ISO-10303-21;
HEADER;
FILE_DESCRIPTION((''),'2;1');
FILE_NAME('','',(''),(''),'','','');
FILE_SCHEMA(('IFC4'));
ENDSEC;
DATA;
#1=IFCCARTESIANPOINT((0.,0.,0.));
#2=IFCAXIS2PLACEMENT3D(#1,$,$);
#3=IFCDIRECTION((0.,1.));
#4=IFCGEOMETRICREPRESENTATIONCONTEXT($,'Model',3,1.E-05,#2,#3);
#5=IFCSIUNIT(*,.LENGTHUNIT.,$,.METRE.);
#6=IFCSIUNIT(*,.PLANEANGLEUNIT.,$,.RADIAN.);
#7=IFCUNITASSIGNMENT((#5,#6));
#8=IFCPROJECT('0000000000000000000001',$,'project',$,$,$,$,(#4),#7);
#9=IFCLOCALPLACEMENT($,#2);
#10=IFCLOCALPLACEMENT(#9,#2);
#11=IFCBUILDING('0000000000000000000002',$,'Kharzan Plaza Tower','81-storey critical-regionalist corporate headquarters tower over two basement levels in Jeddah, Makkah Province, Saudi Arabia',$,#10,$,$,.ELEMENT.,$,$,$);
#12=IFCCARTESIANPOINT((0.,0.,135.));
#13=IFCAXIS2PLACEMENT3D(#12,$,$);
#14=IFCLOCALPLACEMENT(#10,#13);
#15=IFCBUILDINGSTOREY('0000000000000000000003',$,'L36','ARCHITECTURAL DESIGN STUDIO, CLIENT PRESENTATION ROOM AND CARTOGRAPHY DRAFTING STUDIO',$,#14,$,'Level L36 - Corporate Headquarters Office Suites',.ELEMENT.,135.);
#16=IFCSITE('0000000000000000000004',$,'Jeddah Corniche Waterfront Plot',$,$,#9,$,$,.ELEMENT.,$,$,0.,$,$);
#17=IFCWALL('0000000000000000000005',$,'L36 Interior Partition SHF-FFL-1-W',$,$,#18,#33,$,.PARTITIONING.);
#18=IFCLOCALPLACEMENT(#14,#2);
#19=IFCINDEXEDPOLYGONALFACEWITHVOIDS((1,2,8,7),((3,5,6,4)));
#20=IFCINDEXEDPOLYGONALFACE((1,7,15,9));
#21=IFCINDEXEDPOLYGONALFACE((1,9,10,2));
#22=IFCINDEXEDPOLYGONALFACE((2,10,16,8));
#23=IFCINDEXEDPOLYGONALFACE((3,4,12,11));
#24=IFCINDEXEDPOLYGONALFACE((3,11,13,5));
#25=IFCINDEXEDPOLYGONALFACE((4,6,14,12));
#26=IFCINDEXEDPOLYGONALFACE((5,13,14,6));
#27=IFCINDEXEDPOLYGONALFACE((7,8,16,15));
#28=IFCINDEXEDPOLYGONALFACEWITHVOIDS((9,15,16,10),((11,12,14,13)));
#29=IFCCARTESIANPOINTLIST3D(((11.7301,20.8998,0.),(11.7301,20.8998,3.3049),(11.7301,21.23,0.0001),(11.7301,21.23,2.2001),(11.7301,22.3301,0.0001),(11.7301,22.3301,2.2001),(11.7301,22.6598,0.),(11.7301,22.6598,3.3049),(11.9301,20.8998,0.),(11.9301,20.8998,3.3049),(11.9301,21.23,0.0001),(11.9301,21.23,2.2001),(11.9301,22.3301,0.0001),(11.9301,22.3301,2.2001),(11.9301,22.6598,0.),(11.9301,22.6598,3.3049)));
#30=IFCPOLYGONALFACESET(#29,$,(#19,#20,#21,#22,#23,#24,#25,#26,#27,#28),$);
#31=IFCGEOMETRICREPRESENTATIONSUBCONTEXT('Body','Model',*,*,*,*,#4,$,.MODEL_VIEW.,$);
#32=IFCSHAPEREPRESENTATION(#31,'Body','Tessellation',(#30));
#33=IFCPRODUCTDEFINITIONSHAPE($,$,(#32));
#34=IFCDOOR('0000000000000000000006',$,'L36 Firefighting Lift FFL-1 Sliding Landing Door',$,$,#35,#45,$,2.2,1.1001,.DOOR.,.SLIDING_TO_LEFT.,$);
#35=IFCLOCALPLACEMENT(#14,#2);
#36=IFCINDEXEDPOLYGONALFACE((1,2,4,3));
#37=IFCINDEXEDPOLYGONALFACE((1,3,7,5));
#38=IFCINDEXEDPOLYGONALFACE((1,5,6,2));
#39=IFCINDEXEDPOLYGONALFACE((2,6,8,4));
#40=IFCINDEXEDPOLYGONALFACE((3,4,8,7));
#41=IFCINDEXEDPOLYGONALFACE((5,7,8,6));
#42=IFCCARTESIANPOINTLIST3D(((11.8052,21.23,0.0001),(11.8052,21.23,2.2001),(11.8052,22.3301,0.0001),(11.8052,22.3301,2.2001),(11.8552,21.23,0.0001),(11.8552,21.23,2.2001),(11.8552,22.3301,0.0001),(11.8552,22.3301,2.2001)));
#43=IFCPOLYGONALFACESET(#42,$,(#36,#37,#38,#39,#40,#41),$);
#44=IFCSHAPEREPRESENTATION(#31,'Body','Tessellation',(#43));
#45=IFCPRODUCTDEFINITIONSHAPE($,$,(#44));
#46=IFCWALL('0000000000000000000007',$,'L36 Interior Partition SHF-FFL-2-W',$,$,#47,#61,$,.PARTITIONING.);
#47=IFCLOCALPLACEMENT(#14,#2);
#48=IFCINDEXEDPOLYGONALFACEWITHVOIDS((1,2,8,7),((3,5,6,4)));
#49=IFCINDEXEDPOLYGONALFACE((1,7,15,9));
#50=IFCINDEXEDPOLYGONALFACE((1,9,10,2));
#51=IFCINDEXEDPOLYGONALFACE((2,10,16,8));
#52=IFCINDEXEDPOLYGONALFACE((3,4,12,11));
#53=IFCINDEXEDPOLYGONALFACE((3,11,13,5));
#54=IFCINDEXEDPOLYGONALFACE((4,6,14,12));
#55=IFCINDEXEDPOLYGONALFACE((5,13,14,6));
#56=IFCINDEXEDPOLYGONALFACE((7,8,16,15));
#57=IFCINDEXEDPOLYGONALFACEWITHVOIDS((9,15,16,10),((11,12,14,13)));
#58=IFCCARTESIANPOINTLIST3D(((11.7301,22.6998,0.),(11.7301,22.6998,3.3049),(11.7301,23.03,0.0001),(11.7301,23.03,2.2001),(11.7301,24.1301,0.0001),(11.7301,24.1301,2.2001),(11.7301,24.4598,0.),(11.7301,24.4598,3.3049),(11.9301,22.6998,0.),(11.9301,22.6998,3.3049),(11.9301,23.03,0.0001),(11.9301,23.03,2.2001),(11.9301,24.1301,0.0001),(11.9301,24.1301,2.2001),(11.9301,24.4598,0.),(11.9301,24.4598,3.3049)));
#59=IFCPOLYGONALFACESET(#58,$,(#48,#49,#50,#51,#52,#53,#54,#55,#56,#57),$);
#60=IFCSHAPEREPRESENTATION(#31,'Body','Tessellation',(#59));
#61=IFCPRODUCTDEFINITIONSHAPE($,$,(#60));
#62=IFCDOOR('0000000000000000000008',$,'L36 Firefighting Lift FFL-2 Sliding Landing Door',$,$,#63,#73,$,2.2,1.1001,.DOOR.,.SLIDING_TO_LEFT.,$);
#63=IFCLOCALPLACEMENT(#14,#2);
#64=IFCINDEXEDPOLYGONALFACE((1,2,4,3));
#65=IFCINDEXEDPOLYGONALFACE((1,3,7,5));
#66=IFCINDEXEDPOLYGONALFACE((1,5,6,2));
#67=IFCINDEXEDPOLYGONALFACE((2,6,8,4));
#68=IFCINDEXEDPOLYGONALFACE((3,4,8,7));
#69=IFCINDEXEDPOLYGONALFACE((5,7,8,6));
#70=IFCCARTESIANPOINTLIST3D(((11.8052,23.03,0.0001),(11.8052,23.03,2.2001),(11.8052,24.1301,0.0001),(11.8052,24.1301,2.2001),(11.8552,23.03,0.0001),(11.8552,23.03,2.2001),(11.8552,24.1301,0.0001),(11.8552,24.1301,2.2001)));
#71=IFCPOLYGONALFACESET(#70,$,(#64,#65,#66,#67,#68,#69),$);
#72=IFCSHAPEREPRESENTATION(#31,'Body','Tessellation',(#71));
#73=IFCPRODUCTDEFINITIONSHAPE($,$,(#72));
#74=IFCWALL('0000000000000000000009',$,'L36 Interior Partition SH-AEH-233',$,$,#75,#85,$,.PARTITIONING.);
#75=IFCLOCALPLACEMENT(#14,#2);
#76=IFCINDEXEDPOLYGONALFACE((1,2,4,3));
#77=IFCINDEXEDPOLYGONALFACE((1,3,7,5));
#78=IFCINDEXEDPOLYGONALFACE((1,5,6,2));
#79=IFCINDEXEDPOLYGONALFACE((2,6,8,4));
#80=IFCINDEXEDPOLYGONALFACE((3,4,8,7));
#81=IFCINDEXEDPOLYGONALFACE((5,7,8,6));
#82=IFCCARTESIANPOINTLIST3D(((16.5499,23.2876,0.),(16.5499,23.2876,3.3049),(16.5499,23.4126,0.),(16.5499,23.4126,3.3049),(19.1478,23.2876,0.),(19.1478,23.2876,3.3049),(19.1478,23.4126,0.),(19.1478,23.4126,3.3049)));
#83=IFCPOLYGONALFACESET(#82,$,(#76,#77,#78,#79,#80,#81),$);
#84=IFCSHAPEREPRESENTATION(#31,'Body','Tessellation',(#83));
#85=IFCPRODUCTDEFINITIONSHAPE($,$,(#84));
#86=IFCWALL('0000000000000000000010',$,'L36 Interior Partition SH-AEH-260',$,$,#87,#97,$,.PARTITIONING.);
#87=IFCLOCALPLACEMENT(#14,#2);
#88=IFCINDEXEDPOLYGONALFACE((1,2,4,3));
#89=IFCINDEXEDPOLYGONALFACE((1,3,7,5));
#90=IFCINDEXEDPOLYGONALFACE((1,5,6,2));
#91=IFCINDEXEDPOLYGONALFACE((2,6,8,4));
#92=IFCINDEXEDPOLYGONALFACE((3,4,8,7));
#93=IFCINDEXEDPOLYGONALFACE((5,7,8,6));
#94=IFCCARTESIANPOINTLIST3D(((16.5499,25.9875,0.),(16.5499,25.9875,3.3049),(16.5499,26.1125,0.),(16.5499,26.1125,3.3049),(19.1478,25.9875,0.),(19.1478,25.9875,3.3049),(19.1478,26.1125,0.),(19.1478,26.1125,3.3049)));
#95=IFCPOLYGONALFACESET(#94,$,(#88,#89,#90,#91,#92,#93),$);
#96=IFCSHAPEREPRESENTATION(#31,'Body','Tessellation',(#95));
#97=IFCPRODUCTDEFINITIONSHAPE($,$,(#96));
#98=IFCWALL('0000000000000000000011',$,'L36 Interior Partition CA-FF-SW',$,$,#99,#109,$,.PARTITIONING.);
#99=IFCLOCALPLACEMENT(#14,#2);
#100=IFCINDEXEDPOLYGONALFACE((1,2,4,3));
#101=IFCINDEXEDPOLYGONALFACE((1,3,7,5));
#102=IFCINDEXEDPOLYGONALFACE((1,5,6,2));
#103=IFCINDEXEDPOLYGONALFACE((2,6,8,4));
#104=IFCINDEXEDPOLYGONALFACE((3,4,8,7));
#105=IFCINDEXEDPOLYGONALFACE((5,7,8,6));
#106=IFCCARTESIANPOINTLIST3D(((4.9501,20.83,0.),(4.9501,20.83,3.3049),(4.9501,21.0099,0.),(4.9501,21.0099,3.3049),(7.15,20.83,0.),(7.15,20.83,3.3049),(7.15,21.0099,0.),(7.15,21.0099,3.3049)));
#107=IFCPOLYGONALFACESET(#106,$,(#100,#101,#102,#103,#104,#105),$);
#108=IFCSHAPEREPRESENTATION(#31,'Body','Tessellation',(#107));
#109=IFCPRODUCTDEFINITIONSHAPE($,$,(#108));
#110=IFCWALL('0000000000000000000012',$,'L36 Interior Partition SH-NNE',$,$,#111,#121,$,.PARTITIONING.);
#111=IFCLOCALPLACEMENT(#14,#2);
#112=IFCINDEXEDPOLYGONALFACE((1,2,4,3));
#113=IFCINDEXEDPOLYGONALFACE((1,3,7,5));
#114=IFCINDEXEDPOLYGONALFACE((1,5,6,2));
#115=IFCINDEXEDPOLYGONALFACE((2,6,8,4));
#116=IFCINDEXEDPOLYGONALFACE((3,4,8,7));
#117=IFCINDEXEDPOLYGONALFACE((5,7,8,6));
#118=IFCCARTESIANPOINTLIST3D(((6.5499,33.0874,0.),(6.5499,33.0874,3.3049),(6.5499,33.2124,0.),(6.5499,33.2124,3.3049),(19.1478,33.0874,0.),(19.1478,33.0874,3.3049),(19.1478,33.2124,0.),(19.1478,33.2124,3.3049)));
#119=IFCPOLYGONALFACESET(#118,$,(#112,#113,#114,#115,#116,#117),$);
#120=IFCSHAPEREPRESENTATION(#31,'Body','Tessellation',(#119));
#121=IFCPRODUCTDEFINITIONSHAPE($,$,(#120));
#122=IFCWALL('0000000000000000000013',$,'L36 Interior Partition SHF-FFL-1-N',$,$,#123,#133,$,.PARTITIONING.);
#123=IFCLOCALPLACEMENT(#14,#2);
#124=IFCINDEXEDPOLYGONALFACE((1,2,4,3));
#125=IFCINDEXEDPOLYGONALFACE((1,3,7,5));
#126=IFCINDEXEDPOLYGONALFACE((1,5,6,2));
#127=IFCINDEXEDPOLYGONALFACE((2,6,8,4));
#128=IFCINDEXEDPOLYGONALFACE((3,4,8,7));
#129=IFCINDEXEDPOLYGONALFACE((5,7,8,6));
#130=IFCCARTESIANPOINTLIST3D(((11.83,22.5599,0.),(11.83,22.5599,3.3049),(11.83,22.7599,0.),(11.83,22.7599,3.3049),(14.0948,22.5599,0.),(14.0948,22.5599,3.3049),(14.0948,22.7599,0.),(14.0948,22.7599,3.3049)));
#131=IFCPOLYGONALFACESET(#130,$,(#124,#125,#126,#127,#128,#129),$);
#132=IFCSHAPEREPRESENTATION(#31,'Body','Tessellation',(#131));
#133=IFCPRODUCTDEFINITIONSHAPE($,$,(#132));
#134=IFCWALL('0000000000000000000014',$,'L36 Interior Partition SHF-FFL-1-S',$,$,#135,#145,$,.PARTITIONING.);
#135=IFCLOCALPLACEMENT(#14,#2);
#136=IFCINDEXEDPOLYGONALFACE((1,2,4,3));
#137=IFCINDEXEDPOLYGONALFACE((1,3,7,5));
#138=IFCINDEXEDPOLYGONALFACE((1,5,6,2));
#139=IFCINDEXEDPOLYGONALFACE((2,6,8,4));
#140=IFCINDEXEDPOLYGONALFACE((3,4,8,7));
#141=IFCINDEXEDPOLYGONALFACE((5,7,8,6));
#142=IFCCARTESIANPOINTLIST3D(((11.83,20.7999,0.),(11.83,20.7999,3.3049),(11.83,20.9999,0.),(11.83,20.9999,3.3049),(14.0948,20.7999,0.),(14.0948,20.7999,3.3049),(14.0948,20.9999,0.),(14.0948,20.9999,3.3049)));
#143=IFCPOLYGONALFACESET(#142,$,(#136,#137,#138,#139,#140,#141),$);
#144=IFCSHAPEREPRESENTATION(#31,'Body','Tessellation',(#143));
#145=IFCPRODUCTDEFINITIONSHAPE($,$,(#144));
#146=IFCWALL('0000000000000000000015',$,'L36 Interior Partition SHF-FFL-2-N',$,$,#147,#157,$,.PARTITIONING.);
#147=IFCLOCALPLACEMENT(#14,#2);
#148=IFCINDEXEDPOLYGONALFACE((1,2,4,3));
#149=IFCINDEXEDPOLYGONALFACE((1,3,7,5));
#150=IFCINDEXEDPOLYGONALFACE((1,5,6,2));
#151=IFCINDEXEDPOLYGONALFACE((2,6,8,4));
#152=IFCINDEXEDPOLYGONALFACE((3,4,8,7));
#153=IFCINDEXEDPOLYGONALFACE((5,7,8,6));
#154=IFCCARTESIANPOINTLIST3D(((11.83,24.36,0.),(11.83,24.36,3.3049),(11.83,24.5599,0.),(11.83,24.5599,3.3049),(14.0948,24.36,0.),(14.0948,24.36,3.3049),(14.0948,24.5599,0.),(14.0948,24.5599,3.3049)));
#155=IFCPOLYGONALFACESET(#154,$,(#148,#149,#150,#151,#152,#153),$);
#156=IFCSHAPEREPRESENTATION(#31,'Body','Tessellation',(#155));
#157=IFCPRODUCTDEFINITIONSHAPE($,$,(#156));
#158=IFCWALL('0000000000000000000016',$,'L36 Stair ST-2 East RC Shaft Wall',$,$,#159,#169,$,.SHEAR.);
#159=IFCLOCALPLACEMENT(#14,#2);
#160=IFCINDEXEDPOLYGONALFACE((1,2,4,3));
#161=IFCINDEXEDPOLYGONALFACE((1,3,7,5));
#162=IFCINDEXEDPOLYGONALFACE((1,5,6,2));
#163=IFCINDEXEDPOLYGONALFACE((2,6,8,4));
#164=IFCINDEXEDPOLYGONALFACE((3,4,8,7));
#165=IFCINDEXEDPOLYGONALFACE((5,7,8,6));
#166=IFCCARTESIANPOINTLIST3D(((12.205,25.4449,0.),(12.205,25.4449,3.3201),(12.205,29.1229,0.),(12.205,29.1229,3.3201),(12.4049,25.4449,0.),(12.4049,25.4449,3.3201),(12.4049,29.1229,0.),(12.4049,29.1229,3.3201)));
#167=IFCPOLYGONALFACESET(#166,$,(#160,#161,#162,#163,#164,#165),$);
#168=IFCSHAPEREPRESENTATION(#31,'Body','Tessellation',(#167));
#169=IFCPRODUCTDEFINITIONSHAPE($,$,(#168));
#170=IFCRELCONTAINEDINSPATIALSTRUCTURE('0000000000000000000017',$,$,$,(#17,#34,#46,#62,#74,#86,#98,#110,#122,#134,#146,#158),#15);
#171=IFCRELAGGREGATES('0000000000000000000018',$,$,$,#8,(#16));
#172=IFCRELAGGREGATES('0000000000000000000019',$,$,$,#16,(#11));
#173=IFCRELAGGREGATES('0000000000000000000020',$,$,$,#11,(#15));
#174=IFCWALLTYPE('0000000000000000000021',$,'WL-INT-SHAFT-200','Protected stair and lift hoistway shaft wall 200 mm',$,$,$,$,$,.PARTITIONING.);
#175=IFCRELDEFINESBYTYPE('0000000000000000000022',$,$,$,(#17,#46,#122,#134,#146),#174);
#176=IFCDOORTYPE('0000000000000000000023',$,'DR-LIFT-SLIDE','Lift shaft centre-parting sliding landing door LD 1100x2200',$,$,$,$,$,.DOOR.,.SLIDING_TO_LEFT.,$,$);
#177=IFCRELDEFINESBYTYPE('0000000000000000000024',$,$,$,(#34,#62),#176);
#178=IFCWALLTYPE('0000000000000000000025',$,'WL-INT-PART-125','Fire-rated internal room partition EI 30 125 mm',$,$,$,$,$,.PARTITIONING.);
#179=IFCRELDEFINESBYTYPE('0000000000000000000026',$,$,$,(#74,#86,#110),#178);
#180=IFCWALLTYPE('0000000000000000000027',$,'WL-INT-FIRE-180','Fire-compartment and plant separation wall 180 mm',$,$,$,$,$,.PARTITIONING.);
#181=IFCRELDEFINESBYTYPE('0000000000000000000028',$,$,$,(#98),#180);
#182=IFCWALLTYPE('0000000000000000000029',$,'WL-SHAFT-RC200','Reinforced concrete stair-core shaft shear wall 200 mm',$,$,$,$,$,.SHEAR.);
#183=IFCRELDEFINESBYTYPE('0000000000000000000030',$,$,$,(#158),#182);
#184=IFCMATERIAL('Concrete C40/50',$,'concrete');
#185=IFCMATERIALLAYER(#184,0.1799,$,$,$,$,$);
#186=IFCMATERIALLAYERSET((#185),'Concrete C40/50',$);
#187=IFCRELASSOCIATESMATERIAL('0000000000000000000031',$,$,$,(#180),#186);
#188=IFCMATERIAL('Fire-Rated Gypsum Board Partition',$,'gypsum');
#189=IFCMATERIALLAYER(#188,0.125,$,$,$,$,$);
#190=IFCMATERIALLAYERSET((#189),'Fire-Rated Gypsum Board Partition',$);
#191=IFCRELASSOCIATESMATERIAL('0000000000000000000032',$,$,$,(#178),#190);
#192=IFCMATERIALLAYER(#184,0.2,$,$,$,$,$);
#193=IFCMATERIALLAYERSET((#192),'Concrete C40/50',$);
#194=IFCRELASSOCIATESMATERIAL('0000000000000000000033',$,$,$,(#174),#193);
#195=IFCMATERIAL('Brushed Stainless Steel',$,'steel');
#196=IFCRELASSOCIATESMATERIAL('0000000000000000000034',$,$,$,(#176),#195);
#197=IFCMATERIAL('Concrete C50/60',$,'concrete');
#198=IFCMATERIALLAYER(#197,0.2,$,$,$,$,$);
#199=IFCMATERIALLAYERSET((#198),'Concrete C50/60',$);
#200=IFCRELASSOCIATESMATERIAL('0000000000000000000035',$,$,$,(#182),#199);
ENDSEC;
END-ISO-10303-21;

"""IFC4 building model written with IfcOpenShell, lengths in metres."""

from ifc_helpers import new_model, si_unit, direction, frame, frame_2d, origin, place, context, subcontext, project, spatial, rectangle, extrude, source, transform, mapped, material, layer, layer_set, type_object, element, fill, save


model = new_model("IFC4")

# Units and contexts
model_context = context("Model", 3, precision=1e-05, world=origin(), true_north=direction((0.0, 1.0)))
body_context = subcontext(model_context, "Body", "Model", "MODEL_VIEW")
ifc_project = project(units=[si_unit("LENGTHUNIT", "METRE"), si_unit("PLANEANGLEUNIT", "RADIAN")], contexts=[model_context])

# Site, building, storey
site_placement = place(None, origin())
site = spatial("IfcSite", under=ifc_project, at=site_placement, Name="Jeddah Corniche Waterfront Plot", CompositionType="ELEMENT", RefElevation=0.0)
building_placement = place(site_placement, origin())
building = spatial("IfcBuilding", under=site, at=building_placement, Name="Kharzan Plaza Tower", Description="81-storey critical-regionalist corporate headquarters tower over two basement levels in Jeddah, Makkah Province, Saudi Arabia", CompositionType="ELEMENT")
storey_placement = place(building_placement, frame((0.0, 0.0, 135.0)))
storey = spatial("IfcBuildingStorey", under=building, at=storey_placement, Name="L36", Description="ARCHITECTURAL DESIGN STUDIO, CLIENT PRESENTATION ROOM AND CARTOGRAPHY DRAFTING STUDIO", LongName="Level L36 - Corporate Headquarters Office Suites", CompositionType="ELEMENT", Elevation=135.0)

# Walls, openings, doors
ifc_material_1 = material(Name="Concrete C40/50", Category="concrete")
ifc_layer_1 = layer(ifc_material_1, 0.1799)
ifc_layer_set_1 = layer_set([ifc_layer_1], Name="Concrete C40/50")
wall_type_1 = type_object("IfcWallType", Name="WL-INT-FIRE-180", Description="Fire-compartment and plant separation wall 180 mm", PredefinedType="PARTITIONING", material=ifc_layer_set_1)
ifc_material_2 = material(Name="Fire-Rated Gypsum Board Partition", Category="gypsum")
ifc_layer_2 = layer(ifc_material_2, 0.125)
ifc_layer_set_2 = layer_set([ifc_layer_2], Name="Fire-Rated Gypsum Board Partition")
wall_type_2 = type_object("IfcWallType", Name="WL-INT-PART-125", Description="Fire-rated internal room partition EI 30 125 mm", PredefinedType="PARTITIONING", material=ifc_layer_set_2)
ifc_layer_3 = layer(ifc_material_1, 0.2)
ifc_layer_set_3 = layer_set([ifc_layer_3], Name="Concrete C40/50")
wall_type_3 = type_object("IfcWallType", Name="WL-INT-SHAFT-200", Description="Protected stair and lift hoistway shaft wall 200 mm", PredefinedType="PARTITIONING", material=ifc_layer_set_3)
wall_1_placement = place(storey_placement, frame((11.8301, 20.8999, 0.0), z_axis=(0.0, 0.0, 1.0), x_axis=(0.0, 1.0, 0.0)))
wall_1 = element("IfcWall", 1, at=wall_1_placement, inside=storey, type_object=wall_type_3, Name="L36 Interior Partition SHF-FFL-1-W", PredefinedType="PARTITIONING", context=body_context, shape_type="SweptSolid", body=[
    extrude(rectangle(XDim=1.76, YDim=0.2, at=frame_2d((0.8799, 0.0))), origin(), (0.0, 0.0, 1.0), 3.3049),
])
opening_1_placement = place(wall_1_placement, frame((0.3301, 0.0, 0.0)))
opening_1 = element("IfcOpeningElement", 2, at=opening_1_placement, cuts=wall_1, PredefinedType="OPENING", context=body_context, shape_type="SweptSolid", body=[
    extrude(rectangle(XDim=1.1001, YDim=2.2, at=frame_2d((0.55, 1.1001))), frame((0.0, 0.1099, 0.0), z_axis=(0.0, -1.0, 0.0), x_axis=(1.0, 0.0, 0.0)), (0.0, 0.0, 1.0), 0.22),
])
ifc_material_3 = material(Name="Brushed Stainless Steel", Category="steel")
door_type_1 = type_object("IfcDoorType", Name="DR-LIFT-SLIDE", Description="Lift shaft centre-parting sliding landing door LD 1100x2200", OperationType="SLIDING_TO_LEFT", PredefinedType="DOOR", material=ifc_material_3)
shared_shape_1 = source(origin(), body_context, "Body", "SweptSolid", [
    extrude(rectangle(XDim=1.1001, YDim=2.2, at=frame_2d((0.55, 1.1001))), frame((0.0, 0.0249, 0.0), z_axis=(0.0, -1.0, 0.0), x_axis=(1.0, 0.0, 0.0)), (0.0, 0.0, 1.0), 0.05),
])
door_1_placement = place(opening_1_placement, origin())
door_1 = element("IfcDoor", 3, at=door_1_placement, inside=storey, type_object=door_type_1, Name="L36 Firefighting Lift FFL-1 Sliding Landing Door", OperationType="SLIDING_TO_LEFT", OverallHeight=2.2, OverallWidth=1.1001, PredefinedType="DOOR", context=body_context, shape_type="MappedRepresentation", body=[
    mapped(shared_shape_1, transform((0.0, 0.0, 0.0), x_axis=(1.0, 0.0, 0.0), y_axis=(0.0, 1.0, 0.0), z_axis=(0.0, 0.0, 1.0))),
])
fill(opening_1, door_1)
wall_2_placement = place(storey_placement, frame((11.8301, 22.7, 0.0), z_axis=(0.0, 0.0, 1.0), x_axis=(0.0, 1.0, 0.0)))
wall_2 = element("IfcWall", 4, at=wall_2_placement, inside=storey, type_object=wall_type_3, Name="L36 Interior Partition SHF-FFL-2-W", PredefinedType="PARTITIONING", context=body_context, shape_type="SweptSolid", body=[
    extrude(rectangle(XDim=1.76, YDim=0.2, at=frame_2d((0.8799, 0.0))), origin(), (0.0, 0.0, 1.0), 3.3049),
])
opening_2_placement = place(wall_2_placement, frame((0.3301, 0.0, 0.0)))
opening_2 = element("IfcOpeningElement", 5, at=opening_2_placement, cuts=wall_2, PredefinedType="OPENING", context=body_context, shape_type="SweptSolid", body=[
    extrude(rectangle(XDim=1.1001, YDim=2.2, at=frame_2d((0.55, 1.1001))), frame((0.0, 0.1099, 0.0), z_axis=(0.0, -1.0, 0.0), x_axis=(1.0, 0.0, 0.0)), (0.0, 0.0, 1.0), 0.22),
])
door_2_placement = place(opening_2_placement, origin())
door_2 = element("IfcDoor", 6, at=door_2_placement, inside=storey, type_object=door_type_1, Name="L36 Firefighting Lift FFL-2 Sliding Landing Door", OperationType="SLIDING_TO_LEFT", OverallHeight=2.2, OverallWidth=1.1001, PredefinedType="DOOR", context=body_context, shape_type="MappedRepresentation", body=[
    mapped(shared_shape_1, transform((0.0, 0.0, 0.0), x_axis=(1.0, 0.0, 0.0), y_axis=(0.0, 1.0, 0.0), z_axis=(0.0, 0.0, 1.0))),
])
fill(opening_2, door_2)

# Walls
shared_shape_2 = source(origin(), body_context, "Body", "SweptSolid", [
    extrude(rectangle(XDim=2.5979, YDim=0.125, at=frame_2d((1.2988, 0.0))), origin(), (0.0, 0.0, 1.0), 3.3049),
])
for number, where, z_axis, x_axis, name in (
    (7, (16.55, 23.3501, 0.0), (0.0, 0.0, 1.0), (1.0, 0.0, 0.0), "L36 Interior Partition SH-AEH-233"),
    (8, (16.55, 26.05, 0.0), (0.0, 0.0, 1.0), (1.0, 0.0, 0.0), "L36 Interior Partition SH-AEH-260"),
):
    element("IfcWall", number, at=place(storey_placement, frame(where, z_axis=z_axis, x_axis=x_axis)), inside=storey, type_object=wall_type_2, Name=name, PredefinedType="PARTITIONING", context=body_context, shape_type="MappedRepresentation", body=[
        mapped(shared_shape_2, transform((0.0, 0.0, 0.0), x_axis=(1.0, 0.0, 0.0), y_axis=(0.0, 1.0, 0.0), z_axis=(0.0, 0.0, 1.0))),
    ])
shared_shape_3 = source(origin(), body_context, "Body", "SweptSolid", [
    extrude(rectangle(XDim=2.2, YDim=0.1799, at=frame_2d((1.1001, 0.0))), origin(), (0.0, 0.0, 1.0), 3.3049),
])
wall_3_placement = place(storey_placement, frame((4.95, 20.9199, 0.0), z_axis=(0.0, 0.0, 1.0), x_axis=(1.0, 0.0, 0.0)))
element("IfcWall", 9, at=wall_3_placement, inside=storey, type_object=wall_type_1, Name="L36 Interior Partition CA-FF-SW", PredefinedType="PARTITIONING", context=body_context, shape_type="MappedRepresentation", body=[
    mapped(shared_shape_3, transform((0.0, 0.0, 0.0), x_axis=(1.0, 0.0, 0.0), y_axis=(0.0, 1.0, 0.0), z_axis=(0.0, 0.0, 1.0))),
])
shared_shape_4 = source(origin(), body_context, "Body", "SweptSolid", [
    extrude(rectangle(XDim=12.5979, YDim=0.125, at=frame_2d((6.2988, 0.0))), origin(), (0.0, 0.0, 1.0), 3.3049),
])
wall_4_placement = place(storey_placement, frame((6.55, 33.1499, 0.0), z_axis=(0.0, 0.0, 1.0), x_axis=(1.0, 0.0, 0.0)))
element("IfcWall", 10, at=wall_4_placement, inside=storey, type_object=wall_type_2, Name="L36 Interior Partition SH-NNE", PredefinedType="PARTITIONING", context=body_context, shape_type="MappedRepresentation", body=[
    mapped(shared_shape_4, transform((0.0, 0.0, 0.0), x_axis=(1.0, 0.0, 0.0), y_axis=(0.0, 1.0, 0.0), z_axis=(0.0, 0.0, 1.0))),
])
shared_shape_5 = source(origin(), body_context, "Body", "SweptSolid", [
    extrude(rectangle(XDim=2.2649, YDim=0.2, at=frame_2d((1.1323, 0.0))), origin(), (0.0, 0.0, 1.0), 3.3049),
])
for number, where, z_axis, x_axis, name in (
    (11, (11.8301, 22.6599, 0.0), (0.0, 0.0, 1.0), (1.0, 0.0, 0.0), "L36 Interior Partition SHF-FFL-1-N"),
    (12, (11.8301, 20.8999, 0.0), (0.0, 0.0, 1.0), (1.0, 0.0, 0.0), "L36 Interior Partition SHF-FFL-1-S"),
    (13, (11.8301, 24.46, 0.0), (0.0, 0.0, 1.0), (1.0, 0.0, 0.0), "L36 Interior Partition SHF-FFL-2-N"),
):
    element("IfcWall", number, at=place(storey_placement, frame(where, z_axis=z_axis, x_axis=x_axis)), inside=storey, type_object=wall_type_3, Name=name, PredefinedType="PARTITIONING", context=body_context, shape_type="MappedRepresentation", body=[
        mapped(shared_shape_5, transform((0.0, 0.0, 0.0), x_axis=(1.0, 0.0, 0.0), y_axis=(0.0, 1.0, 0.0), z_axis=(0.0, 0.0, 1.0))),
    ])
ifc_material_4 = material(Name="Concrete C50/60", Category="concrete")
ifc_layer_4 = layer(ifc_material_4, 0.2)
ifc_layer_set_4 = layer_set([ifc_layer_4], Name="Concrete C50/60")
wall_type_4 = type_object("IfcWallType", Name="WL-SHAFT-RC200", Description="Reinforced concrete stair-core shaft shear wall 200 mm", PredefinedType="SHEAR", material=ifc_layer_set_4)
shared_shape_6 = source(origin(), body_context, "Body", "SweptSolid", [
    extrude(rectangle(XDim=3.678, YDim=0.2, at=frame_2d((1.8389, 0.0))), origin(), (0.0, 0.0, 1.0), 3.3201),
])
wall_5_placement = place(storey_placement, frame((12.3049, 25.4451, 0.0), z_axis=(0.0, 0.0, 1.0), x_axis=(0.0, 1.0, 0.0)))
element("IfcWall", 14, at=wall_5_placement, inside=storey, type_object=wall_type_4, Name="L36 Stair ST-2 East RC Shaft Wall", PredefinedType="SHEAR", context=body_context, shape_type="MappedRepresentation", body=[
    mapped(shared_shape_6, transform((0.0, 0.0, 0.0), x_axis=(1.0, 0.0, 0.0), y_axis=(0.0, 1.0, 0.0), z_axis=(0.0, 0.0, 1.0))),
])

save(model, "model.ifc")
